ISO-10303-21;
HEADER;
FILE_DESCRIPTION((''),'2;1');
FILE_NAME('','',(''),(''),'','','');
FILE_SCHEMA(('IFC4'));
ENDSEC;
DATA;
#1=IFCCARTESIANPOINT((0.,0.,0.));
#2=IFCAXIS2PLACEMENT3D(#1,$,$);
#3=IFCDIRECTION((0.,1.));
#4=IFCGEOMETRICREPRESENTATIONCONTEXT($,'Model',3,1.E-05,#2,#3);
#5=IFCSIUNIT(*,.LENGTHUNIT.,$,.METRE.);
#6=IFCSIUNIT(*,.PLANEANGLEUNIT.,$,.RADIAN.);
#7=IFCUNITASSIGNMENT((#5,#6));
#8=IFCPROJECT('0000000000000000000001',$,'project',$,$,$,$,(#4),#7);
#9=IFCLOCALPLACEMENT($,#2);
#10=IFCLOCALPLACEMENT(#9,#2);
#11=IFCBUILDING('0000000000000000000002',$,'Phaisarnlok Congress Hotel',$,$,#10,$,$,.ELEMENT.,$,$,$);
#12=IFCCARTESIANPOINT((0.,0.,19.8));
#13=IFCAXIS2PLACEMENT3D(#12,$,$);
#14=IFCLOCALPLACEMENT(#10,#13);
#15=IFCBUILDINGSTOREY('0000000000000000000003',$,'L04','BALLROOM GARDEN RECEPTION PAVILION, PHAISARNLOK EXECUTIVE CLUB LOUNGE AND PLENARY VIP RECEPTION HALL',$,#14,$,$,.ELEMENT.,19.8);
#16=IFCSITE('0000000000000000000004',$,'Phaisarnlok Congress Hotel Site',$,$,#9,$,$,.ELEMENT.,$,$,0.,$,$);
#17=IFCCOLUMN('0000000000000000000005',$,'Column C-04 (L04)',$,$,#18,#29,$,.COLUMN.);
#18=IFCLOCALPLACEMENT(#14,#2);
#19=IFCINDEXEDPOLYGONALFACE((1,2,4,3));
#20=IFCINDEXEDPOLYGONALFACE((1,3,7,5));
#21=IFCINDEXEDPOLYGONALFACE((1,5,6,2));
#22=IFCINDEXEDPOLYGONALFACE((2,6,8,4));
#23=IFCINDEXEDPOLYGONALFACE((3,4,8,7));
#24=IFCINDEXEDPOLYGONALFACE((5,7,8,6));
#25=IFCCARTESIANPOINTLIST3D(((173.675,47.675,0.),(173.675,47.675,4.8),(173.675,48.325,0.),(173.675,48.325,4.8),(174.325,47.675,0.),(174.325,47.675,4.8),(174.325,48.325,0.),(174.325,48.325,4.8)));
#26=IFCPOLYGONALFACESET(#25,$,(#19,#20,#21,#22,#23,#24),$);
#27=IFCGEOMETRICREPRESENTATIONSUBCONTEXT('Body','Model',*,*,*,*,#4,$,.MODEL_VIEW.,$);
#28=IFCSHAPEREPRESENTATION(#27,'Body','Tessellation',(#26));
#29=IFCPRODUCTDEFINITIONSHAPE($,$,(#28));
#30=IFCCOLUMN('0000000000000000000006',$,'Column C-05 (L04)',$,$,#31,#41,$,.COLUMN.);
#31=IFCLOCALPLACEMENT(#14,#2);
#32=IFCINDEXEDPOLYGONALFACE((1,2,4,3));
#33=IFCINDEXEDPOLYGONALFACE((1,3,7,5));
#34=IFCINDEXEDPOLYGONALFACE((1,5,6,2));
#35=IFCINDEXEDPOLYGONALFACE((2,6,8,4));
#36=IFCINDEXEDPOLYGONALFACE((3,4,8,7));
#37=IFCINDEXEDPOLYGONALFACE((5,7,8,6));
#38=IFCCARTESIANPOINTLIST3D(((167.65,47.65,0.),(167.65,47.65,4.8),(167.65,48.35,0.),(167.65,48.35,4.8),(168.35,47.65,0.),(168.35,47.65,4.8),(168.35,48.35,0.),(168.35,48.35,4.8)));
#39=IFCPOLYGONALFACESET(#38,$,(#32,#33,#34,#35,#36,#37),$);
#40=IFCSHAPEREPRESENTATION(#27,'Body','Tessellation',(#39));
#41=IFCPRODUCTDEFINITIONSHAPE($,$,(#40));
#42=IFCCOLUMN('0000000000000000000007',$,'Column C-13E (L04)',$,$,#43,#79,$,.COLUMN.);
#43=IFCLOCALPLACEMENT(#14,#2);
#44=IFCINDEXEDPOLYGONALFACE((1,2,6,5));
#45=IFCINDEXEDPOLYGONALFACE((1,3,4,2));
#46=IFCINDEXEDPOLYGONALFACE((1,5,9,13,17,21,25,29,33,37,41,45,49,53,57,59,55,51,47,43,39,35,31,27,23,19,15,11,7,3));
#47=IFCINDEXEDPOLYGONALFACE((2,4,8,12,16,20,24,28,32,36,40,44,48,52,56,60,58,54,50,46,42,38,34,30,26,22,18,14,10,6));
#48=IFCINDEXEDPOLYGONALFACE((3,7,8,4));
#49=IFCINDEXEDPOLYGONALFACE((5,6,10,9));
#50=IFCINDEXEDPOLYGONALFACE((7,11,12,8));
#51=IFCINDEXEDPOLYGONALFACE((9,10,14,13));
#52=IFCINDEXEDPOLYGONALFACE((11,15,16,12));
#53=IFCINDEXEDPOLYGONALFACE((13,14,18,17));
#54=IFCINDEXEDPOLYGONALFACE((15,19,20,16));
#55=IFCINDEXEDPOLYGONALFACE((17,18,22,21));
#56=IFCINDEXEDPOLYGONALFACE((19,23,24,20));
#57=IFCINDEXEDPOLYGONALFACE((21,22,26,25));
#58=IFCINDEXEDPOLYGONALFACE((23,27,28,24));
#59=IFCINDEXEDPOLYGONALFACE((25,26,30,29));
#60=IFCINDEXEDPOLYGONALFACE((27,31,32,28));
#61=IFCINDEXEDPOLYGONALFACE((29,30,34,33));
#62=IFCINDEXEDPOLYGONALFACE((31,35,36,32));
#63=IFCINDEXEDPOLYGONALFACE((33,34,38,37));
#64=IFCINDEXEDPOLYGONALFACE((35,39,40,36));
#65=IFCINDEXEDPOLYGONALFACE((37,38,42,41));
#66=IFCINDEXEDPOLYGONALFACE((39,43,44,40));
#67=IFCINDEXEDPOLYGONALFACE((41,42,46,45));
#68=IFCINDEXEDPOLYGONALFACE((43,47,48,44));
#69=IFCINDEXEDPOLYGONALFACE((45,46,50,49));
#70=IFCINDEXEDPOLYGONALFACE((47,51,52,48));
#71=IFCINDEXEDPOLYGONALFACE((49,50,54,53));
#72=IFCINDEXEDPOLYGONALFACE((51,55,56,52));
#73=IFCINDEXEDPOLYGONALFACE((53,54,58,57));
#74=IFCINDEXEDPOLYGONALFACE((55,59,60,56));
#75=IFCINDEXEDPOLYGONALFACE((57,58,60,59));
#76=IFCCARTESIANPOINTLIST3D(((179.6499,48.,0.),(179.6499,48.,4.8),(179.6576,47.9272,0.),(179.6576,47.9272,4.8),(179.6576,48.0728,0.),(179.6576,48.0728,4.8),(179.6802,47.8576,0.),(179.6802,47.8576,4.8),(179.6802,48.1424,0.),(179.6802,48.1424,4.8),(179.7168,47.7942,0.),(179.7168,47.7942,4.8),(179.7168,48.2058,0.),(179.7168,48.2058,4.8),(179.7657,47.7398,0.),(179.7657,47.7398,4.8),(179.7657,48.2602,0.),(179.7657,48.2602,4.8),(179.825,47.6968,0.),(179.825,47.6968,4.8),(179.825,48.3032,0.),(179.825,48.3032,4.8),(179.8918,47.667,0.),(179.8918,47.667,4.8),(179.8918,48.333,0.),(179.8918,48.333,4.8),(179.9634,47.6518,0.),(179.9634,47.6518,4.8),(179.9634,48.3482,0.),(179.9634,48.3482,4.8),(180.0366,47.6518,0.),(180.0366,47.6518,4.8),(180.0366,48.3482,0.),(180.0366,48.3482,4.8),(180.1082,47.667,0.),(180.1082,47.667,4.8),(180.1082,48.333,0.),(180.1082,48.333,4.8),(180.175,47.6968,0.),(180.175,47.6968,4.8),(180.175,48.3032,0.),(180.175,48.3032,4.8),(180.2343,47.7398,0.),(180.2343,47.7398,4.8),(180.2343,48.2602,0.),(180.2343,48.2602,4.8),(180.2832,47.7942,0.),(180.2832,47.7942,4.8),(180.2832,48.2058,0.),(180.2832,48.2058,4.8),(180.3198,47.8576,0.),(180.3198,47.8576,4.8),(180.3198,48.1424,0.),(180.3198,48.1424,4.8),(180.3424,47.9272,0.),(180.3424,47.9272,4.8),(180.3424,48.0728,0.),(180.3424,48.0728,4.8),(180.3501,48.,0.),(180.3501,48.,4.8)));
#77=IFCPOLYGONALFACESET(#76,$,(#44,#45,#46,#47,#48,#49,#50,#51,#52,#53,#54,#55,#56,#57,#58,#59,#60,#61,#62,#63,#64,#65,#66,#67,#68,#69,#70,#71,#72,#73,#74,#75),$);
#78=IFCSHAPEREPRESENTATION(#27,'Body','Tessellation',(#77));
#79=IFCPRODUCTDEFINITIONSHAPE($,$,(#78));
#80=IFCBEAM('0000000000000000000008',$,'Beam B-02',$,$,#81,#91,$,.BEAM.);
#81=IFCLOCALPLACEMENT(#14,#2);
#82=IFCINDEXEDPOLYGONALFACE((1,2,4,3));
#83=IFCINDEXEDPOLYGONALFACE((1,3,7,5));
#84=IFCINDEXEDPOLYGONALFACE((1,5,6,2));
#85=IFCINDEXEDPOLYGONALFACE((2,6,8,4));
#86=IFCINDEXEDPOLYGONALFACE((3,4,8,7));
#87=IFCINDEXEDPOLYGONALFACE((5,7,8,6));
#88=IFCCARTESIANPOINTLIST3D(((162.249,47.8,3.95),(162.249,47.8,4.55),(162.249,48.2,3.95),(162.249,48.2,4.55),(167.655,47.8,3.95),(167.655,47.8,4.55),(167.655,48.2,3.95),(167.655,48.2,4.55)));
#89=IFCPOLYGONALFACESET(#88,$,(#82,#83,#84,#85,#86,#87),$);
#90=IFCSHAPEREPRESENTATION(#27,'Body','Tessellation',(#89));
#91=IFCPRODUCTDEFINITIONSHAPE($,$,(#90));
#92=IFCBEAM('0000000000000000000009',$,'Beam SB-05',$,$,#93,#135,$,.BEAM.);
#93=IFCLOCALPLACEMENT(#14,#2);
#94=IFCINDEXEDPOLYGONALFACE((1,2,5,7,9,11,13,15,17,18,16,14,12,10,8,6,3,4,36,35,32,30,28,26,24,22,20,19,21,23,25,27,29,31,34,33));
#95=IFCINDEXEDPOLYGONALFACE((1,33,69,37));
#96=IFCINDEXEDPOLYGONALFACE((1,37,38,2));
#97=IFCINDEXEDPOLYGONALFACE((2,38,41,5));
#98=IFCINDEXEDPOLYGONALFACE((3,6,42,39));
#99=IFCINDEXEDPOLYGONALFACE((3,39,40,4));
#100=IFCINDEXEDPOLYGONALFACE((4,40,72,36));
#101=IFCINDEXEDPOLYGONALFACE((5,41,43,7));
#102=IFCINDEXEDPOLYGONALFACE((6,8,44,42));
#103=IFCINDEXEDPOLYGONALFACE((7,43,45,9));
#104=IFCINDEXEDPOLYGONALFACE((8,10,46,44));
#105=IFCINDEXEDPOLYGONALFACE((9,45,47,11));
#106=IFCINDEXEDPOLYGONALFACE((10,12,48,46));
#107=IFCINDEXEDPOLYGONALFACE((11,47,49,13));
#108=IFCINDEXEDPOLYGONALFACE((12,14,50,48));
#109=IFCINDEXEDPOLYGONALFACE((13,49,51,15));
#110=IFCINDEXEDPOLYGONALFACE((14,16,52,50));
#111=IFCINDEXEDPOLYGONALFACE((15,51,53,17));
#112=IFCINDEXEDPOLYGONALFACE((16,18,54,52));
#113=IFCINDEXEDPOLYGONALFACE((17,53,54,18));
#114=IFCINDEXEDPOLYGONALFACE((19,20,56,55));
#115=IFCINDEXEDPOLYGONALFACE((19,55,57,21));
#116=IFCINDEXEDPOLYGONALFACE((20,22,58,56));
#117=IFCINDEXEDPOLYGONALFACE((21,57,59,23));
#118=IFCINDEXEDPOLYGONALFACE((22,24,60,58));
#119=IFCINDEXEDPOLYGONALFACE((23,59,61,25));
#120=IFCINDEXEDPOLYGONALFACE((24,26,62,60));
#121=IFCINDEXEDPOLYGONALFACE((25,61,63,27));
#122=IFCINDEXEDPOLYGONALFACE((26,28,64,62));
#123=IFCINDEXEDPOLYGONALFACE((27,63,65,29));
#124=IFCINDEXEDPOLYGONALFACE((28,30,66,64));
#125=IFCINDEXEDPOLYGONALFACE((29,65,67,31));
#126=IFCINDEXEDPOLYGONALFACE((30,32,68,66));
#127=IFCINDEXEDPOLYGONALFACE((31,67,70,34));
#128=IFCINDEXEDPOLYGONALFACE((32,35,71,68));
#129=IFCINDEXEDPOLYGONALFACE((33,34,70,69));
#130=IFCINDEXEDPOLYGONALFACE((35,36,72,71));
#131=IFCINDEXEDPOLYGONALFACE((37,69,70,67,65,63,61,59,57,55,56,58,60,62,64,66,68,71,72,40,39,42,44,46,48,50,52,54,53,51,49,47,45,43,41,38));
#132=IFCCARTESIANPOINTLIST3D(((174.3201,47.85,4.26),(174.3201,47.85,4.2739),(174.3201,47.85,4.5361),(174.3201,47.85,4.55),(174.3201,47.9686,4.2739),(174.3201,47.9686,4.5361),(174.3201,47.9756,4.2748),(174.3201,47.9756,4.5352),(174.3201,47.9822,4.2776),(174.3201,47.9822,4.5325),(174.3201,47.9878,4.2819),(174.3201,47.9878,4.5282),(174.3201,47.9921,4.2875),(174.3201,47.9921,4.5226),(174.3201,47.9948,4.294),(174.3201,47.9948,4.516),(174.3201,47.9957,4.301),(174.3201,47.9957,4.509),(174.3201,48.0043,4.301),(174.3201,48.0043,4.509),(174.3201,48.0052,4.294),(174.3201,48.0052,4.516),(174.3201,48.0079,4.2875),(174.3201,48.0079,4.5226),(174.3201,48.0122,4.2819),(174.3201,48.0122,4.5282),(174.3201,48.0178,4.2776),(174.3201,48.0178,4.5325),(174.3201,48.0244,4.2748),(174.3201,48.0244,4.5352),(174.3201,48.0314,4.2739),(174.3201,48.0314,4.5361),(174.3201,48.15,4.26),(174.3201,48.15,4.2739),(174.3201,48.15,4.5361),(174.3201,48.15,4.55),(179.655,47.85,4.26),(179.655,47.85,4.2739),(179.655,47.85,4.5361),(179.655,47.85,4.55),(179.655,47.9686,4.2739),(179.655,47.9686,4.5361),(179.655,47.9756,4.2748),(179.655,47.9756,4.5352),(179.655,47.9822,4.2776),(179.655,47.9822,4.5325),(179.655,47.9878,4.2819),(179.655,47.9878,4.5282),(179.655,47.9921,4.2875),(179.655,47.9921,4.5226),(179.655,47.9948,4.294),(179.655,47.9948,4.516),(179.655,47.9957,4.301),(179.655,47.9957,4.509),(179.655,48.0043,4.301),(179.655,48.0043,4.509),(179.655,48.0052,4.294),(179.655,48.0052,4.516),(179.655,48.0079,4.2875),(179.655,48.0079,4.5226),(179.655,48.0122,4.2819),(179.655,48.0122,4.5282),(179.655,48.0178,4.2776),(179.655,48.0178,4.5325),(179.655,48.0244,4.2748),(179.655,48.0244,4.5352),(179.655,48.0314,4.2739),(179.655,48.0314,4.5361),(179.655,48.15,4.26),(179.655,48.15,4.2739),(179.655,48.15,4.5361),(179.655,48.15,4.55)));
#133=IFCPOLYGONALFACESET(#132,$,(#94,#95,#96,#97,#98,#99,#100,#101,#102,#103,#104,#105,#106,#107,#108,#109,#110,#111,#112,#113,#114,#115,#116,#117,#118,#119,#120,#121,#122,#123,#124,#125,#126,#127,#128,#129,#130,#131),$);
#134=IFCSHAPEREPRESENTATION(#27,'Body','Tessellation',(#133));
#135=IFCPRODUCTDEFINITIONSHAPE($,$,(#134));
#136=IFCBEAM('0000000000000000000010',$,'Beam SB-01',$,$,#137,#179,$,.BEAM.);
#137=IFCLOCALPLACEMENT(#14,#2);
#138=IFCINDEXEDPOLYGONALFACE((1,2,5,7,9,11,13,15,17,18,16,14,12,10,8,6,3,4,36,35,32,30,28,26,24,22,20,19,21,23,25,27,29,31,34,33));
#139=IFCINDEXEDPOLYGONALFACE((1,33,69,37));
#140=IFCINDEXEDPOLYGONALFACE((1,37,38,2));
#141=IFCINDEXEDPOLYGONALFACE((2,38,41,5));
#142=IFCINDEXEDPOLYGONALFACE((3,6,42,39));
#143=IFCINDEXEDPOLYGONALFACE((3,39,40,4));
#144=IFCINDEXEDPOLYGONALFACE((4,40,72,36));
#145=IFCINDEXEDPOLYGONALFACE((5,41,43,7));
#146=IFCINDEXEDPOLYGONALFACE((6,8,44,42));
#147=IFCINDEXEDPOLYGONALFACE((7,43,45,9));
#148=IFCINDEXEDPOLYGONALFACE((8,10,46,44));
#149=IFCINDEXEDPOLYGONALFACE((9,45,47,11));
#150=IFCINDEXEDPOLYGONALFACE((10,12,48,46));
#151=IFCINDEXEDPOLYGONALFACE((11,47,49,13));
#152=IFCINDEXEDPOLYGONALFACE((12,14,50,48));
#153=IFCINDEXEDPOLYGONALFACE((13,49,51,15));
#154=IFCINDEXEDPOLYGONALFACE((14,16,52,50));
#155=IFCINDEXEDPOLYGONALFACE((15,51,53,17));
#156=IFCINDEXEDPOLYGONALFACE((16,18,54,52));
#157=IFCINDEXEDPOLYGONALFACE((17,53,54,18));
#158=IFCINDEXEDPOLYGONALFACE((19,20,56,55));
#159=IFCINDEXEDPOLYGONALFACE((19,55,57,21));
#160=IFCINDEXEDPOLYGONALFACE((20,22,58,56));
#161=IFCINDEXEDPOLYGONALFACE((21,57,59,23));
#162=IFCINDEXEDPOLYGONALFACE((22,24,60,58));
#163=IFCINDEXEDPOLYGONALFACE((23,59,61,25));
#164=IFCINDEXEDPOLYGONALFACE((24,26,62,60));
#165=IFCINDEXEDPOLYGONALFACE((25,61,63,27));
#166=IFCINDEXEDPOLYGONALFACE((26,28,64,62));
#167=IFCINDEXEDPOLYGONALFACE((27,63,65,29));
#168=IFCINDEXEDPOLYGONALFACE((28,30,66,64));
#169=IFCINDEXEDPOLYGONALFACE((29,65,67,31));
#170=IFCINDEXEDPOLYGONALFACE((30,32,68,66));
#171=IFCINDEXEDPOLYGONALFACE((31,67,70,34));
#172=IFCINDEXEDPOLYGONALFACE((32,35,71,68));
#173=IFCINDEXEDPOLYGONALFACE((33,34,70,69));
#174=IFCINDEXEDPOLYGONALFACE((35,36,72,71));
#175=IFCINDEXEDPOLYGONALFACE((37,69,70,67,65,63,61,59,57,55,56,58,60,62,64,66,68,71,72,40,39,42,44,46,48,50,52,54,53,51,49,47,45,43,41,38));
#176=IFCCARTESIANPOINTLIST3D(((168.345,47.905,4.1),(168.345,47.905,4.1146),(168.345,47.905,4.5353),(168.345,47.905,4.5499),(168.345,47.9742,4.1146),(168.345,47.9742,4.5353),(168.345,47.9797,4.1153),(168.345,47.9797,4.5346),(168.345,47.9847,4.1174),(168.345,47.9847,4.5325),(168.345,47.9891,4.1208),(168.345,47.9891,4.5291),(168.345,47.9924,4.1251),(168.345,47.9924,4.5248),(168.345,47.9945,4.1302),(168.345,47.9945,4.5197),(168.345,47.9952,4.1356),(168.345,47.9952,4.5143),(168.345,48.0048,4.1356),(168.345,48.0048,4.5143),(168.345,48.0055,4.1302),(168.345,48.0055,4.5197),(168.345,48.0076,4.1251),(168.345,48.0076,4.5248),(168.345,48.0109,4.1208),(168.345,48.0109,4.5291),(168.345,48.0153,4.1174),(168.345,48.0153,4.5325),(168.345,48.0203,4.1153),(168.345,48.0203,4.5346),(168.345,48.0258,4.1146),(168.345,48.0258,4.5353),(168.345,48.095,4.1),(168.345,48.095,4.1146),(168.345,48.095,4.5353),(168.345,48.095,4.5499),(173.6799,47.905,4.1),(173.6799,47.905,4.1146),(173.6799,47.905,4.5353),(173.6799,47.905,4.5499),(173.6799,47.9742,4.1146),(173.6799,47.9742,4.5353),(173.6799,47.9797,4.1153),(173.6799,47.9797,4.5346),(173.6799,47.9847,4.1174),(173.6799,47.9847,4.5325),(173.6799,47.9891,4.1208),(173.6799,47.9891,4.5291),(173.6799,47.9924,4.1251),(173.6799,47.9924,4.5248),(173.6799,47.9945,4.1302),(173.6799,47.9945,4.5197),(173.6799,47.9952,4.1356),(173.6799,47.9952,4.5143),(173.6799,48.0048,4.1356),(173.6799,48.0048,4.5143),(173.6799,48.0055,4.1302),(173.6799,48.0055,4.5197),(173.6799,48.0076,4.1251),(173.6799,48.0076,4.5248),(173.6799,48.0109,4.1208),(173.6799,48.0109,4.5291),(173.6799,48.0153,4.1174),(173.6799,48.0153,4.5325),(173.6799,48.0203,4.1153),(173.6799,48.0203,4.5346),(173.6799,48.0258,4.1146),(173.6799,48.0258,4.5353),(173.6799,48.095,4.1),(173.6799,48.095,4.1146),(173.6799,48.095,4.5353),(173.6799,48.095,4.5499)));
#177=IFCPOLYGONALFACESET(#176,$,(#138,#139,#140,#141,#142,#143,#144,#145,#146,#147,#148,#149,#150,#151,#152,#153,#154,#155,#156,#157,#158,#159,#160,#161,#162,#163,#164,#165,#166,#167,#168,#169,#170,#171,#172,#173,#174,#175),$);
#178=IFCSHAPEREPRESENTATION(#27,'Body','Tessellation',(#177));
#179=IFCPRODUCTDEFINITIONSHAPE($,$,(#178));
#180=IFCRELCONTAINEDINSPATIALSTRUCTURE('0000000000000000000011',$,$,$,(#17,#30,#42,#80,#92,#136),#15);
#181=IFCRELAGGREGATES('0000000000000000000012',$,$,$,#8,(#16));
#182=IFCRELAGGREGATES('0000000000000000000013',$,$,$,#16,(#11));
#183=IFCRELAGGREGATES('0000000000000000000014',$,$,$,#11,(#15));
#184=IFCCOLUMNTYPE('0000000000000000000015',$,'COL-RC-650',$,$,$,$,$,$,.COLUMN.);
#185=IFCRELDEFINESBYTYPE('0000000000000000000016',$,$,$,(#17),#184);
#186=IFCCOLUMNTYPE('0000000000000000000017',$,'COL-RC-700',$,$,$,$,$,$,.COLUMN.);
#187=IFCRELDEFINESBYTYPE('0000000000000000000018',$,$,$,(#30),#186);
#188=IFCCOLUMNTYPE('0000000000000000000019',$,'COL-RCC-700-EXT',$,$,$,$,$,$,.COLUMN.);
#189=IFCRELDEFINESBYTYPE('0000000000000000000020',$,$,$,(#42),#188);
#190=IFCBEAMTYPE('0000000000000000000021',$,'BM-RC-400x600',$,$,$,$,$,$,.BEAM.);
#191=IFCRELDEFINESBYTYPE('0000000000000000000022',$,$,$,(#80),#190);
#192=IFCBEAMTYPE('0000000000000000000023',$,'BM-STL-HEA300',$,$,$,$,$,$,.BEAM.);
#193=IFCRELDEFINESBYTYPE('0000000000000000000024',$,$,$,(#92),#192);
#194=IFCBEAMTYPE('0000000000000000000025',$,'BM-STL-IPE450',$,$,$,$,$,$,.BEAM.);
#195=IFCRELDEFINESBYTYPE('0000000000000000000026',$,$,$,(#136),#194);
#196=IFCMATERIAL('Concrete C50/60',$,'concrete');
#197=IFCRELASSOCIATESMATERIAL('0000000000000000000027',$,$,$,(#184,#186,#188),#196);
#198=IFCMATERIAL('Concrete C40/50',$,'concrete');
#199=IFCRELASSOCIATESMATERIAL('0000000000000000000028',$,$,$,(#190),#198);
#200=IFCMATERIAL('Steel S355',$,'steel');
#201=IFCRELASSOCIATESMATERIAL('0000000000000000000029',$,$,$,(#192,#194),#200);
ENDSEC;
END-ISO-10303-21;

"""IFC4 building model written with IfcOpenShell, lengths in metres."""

from ifc_helpers import new_model, si_unit, direction, frame, origin, origin_2d, place, context, subcontext, project, spatial, rectangle, circle, i_section, extrude, material, material_profile, profile_set, type_object, element, save


model = new_model("IFC4")

# Units and contexts
model_context = context("Model", 3, precision=1e-05, world=origin(), true_north=direction((0.0, 1.0)))
body_context = subcontext(model_context, "Body", "Model", "MODEL_VIEW")
ifc_project = project(units=[si_unit("LENGTHUNIT", "METRE"), si_unit("PLANEANGLEUNIT", "RADIAN")], contexts=[model_context])

# Site, building, storey
site_placement = place(None, origin())
site = spatial("IfcSite", under=ifc_project, at=site_placement, Name="Phaisarnlok Congress Hotel Site", CompositionType="ELEMENT", RefElevation=0.0)
building_placement = place(site_placement, origin())
building = spatial("IfcBuilding", under=site, at=building_placement, Name="Phaisarnlok Congress Hotel", CompositionType="ELEMENT")
storey_placement = place(building_placement, frame((0.0, 0.0, 19.8)))
storey = spatial("IfcBuildingStorey", under=building, at=storey_placement, Name="L04", Description="BALLROOM GARDEN RECEPTION PAVILION, PHAISARNLOK EXECUTIVE CLUB LOUNGE AND PLENARY VIP RECEPTION HALL", CompositionType="ELEMENT", Elevation=19.8)

# Columns
ifc_material_1 = material(Name="Concrete C50/60", Category="concrete")
ifc_material_profile_1 = material_profile(ifc_material_1, rectangle(XDim=0.6499, YDim=0.6499, at=origin_2d()), Name="RC 650x650")
ifc_profile_set_1 = profile_set([ifc_material_profile_1], Name="Concrete C50/60")
column_type_1 = type_object("IfcColumnType", Name="COL-RC-650", PredefinedType="COLUMN", material=ifc_profile_set_1)
column_1_placement = place(storey_placement, frame((174.0, 48.0, 0.0), z_axis=(0.0, 0.0, 1.0), x_axis=(1.0, 0.0, 0.0)))
element("IfcColumn", 1, at=column_1_placement, inside=storey, type_object=column_type_1, Name="Column C-04 (L04)", PredefinedType="COLUMN", context=body_context, shape_type="SweptSolid", body=[
    extrude(rectangle(XDim=0.6499, YDim=0.6499, at=origin_2d()), origin(), (0.0, 0.0, 1.0), 4.8),
])
ifc_material_profile_2 = material_profile(ifc_material_1, rectangle(XDim=0.7, YDim=0.7, at=origin_2d()), Name="RC 700x700")
ifc_profile_set_2 = profile_set([ifc_material_profile_2], Name="Concrete C50/60")
column_type_2 = type_object("IfcColumnType", Name="COL-RC-700", PredefinedType="COLUMN", material=ifc_profile_set_2)
column_2_placement = place(storey_placement, frame((168.0, 48.0, 0.0), z_axis=(0.0, 0.0, 1.0), x_axis=(1.0, 0.0, 0.0)))
element("IfcColumn", 2, at=column_2_placement, inside=storey, type_object=column_type_2, Name="Column C-05 (L04)", PredefinedType="COLUMN", context=body_context, shape_type="SweptSolid", body=[
    extrude(rectangle(XDim=0.7, YDim=0.7, at=origin_2d()), origin(), (0.0, 0.0, 1.0), 4.8),
])
ifc_material_profile_3 = material_profile(ifc_material_1, circle(Radius=0.3501, at=origin_2d()), Name="RCC D700")
ifc_profile_set_3 = profile_set([ifc_material_profile_3], Name="Concrete C50/60")
column_type_3 = type_object("IfcColumnType", Name="COL-RCC-700-EXT", PredefinedType="COLUMN", material=ifc_profile_set_3)
column_3_placement = place(storey_placement, frame((180.0, 48.0, 0.0), z_axis=(0.0, 0.0, 1.0), x_axis=(1.0, 0.0, 0.0)))
element("IfcColumn", 3, at=column_3_placement, inside=storey, type_object=column_type_3, Name="Column C-13E (L04)", PredefinedType="COLUMN", context=body_context, shape_type="SweptSolid", body=[
    extrude(circle(Radius=0.3501, at=origin_2d()), origin(), (0.0, 0.0, 1.0), 4.8),
])

# Beams
ifc_material_2 = material(Name="Concrete C40/50", Category="concrete")
ifc_material_profile_4 = material_profile(ifc_material_2, rectangle(XDim=0.3999, YDim=0.6001, at=origin_2d()), Name="RC 400x600")
ifc_profile_set_4 = profile_set([ifc_material_profile_4], Name="Concrete C40/50")
beam_type_1 = type_object("IfcBeamType", Name="BM-RC-400x600", PredefinedType="BEAM", material=ifc_profile_set_4)
beam_1_placement = place(storey_placement, frame((162.249, 48.0, 4.25), z_axis=(1.0, 0.0, 0.0), x_axis=(0.0, 1.0, 0.0)))
element("IfcBeam", 4, at=beam_1_placement, inside=storey, type_object=beam_type_1, Name="Beam B-02", PredefinedType="BEAM", context=body_context, shape_type="SweptSolid", body=[
    extrude(rectangle(XDim=0.3999, YDim=0.6001, at=origin_2d()), origin(), (0.0, 0.0, 1.0), 5.406),
])
ifc_material_3 = material(Name="Steel S355", Category="steel")
ifc_material_profile_5 = material_profile(ifc_material_3, i_section(OverallWidth=0.3, OverallDepth=0.29, WebThickness=0.0085, FlangeThickness=0.0139, FilletRadius=0.0271, at=origin_2d()), Name="HEA 300")
ifc_profile_set_5 = profile_set([ifc_material_profile_5], Name="Steel S355")
beam_type_2 = type_object("IfcBeamType", Name="BM-STL-HEA300", PredefinedType="BEAM", material=ifc_profile_set_5)
beam_2_placement = place(storey_placement, frame((174.3201, 48.0, 4.405), z_axis=(1.0, 0.0, 0.0), x_axis=(0.0, 1.0, 0.0)))
element("IfcBeam", 5, at=beam_2_placement, inside=storey, type_object=beam_type_2, Name="Beam SB-05", PredefinedType="BEAM", context=body_context, shape_type="SweptSolid", body=[
    extrude(i_section(OverallWidth=0.3, OverallDepth=0.29, WebThickness=0.0085, FlangeThickness=0.0139, FilletRadius=0.0271, at=origin_2d()), origin(), (0.0, 0.0, 1.0), 5.335),
])
ifc_material_profile_6 = material_profile(ifc_material_3, i_section(OverallWidth=0.1899, OverallDepth=0.45, WebThickness=0.0095, FlangeThickness=0.0146, FilletRadius=0.021, at=origin_2d()), Name="IPE 450")
ifc_profile_set_6 = profile_set([ifc_material_profile_6], Name="Steel S355")
beam_type_3 = type_object("IfcBeamType", Name="BM-STL-IPE450", PredefinedType="BEAM", material=ifc_profile_set_6)
beam_3_placement = place(storey_placement, frame((168.345, 48.0, 4.325), z_axis=(1.0, 0.0, 0.0), x_axis=(0.0, 1.0, 0.0)))
element("IfcBeam", 6, at=beam_3_placement, inside=storey, type_object=beam_type_3, Name="Beam SB-01", PredefinedType="BEAM", context=body_context, shape_type="SweptSolid", body=[
    extrude(i_section(OverallWidth=0.1899, OverallDepth=0.45, WebThickness=0.0095, FlangeThickness=0.0146, FilletRadius=0.021, at=origin_2d()), origin(), (0.0, 0.0, 1.0), 5.335),
])

save(model, "model.ifc")
